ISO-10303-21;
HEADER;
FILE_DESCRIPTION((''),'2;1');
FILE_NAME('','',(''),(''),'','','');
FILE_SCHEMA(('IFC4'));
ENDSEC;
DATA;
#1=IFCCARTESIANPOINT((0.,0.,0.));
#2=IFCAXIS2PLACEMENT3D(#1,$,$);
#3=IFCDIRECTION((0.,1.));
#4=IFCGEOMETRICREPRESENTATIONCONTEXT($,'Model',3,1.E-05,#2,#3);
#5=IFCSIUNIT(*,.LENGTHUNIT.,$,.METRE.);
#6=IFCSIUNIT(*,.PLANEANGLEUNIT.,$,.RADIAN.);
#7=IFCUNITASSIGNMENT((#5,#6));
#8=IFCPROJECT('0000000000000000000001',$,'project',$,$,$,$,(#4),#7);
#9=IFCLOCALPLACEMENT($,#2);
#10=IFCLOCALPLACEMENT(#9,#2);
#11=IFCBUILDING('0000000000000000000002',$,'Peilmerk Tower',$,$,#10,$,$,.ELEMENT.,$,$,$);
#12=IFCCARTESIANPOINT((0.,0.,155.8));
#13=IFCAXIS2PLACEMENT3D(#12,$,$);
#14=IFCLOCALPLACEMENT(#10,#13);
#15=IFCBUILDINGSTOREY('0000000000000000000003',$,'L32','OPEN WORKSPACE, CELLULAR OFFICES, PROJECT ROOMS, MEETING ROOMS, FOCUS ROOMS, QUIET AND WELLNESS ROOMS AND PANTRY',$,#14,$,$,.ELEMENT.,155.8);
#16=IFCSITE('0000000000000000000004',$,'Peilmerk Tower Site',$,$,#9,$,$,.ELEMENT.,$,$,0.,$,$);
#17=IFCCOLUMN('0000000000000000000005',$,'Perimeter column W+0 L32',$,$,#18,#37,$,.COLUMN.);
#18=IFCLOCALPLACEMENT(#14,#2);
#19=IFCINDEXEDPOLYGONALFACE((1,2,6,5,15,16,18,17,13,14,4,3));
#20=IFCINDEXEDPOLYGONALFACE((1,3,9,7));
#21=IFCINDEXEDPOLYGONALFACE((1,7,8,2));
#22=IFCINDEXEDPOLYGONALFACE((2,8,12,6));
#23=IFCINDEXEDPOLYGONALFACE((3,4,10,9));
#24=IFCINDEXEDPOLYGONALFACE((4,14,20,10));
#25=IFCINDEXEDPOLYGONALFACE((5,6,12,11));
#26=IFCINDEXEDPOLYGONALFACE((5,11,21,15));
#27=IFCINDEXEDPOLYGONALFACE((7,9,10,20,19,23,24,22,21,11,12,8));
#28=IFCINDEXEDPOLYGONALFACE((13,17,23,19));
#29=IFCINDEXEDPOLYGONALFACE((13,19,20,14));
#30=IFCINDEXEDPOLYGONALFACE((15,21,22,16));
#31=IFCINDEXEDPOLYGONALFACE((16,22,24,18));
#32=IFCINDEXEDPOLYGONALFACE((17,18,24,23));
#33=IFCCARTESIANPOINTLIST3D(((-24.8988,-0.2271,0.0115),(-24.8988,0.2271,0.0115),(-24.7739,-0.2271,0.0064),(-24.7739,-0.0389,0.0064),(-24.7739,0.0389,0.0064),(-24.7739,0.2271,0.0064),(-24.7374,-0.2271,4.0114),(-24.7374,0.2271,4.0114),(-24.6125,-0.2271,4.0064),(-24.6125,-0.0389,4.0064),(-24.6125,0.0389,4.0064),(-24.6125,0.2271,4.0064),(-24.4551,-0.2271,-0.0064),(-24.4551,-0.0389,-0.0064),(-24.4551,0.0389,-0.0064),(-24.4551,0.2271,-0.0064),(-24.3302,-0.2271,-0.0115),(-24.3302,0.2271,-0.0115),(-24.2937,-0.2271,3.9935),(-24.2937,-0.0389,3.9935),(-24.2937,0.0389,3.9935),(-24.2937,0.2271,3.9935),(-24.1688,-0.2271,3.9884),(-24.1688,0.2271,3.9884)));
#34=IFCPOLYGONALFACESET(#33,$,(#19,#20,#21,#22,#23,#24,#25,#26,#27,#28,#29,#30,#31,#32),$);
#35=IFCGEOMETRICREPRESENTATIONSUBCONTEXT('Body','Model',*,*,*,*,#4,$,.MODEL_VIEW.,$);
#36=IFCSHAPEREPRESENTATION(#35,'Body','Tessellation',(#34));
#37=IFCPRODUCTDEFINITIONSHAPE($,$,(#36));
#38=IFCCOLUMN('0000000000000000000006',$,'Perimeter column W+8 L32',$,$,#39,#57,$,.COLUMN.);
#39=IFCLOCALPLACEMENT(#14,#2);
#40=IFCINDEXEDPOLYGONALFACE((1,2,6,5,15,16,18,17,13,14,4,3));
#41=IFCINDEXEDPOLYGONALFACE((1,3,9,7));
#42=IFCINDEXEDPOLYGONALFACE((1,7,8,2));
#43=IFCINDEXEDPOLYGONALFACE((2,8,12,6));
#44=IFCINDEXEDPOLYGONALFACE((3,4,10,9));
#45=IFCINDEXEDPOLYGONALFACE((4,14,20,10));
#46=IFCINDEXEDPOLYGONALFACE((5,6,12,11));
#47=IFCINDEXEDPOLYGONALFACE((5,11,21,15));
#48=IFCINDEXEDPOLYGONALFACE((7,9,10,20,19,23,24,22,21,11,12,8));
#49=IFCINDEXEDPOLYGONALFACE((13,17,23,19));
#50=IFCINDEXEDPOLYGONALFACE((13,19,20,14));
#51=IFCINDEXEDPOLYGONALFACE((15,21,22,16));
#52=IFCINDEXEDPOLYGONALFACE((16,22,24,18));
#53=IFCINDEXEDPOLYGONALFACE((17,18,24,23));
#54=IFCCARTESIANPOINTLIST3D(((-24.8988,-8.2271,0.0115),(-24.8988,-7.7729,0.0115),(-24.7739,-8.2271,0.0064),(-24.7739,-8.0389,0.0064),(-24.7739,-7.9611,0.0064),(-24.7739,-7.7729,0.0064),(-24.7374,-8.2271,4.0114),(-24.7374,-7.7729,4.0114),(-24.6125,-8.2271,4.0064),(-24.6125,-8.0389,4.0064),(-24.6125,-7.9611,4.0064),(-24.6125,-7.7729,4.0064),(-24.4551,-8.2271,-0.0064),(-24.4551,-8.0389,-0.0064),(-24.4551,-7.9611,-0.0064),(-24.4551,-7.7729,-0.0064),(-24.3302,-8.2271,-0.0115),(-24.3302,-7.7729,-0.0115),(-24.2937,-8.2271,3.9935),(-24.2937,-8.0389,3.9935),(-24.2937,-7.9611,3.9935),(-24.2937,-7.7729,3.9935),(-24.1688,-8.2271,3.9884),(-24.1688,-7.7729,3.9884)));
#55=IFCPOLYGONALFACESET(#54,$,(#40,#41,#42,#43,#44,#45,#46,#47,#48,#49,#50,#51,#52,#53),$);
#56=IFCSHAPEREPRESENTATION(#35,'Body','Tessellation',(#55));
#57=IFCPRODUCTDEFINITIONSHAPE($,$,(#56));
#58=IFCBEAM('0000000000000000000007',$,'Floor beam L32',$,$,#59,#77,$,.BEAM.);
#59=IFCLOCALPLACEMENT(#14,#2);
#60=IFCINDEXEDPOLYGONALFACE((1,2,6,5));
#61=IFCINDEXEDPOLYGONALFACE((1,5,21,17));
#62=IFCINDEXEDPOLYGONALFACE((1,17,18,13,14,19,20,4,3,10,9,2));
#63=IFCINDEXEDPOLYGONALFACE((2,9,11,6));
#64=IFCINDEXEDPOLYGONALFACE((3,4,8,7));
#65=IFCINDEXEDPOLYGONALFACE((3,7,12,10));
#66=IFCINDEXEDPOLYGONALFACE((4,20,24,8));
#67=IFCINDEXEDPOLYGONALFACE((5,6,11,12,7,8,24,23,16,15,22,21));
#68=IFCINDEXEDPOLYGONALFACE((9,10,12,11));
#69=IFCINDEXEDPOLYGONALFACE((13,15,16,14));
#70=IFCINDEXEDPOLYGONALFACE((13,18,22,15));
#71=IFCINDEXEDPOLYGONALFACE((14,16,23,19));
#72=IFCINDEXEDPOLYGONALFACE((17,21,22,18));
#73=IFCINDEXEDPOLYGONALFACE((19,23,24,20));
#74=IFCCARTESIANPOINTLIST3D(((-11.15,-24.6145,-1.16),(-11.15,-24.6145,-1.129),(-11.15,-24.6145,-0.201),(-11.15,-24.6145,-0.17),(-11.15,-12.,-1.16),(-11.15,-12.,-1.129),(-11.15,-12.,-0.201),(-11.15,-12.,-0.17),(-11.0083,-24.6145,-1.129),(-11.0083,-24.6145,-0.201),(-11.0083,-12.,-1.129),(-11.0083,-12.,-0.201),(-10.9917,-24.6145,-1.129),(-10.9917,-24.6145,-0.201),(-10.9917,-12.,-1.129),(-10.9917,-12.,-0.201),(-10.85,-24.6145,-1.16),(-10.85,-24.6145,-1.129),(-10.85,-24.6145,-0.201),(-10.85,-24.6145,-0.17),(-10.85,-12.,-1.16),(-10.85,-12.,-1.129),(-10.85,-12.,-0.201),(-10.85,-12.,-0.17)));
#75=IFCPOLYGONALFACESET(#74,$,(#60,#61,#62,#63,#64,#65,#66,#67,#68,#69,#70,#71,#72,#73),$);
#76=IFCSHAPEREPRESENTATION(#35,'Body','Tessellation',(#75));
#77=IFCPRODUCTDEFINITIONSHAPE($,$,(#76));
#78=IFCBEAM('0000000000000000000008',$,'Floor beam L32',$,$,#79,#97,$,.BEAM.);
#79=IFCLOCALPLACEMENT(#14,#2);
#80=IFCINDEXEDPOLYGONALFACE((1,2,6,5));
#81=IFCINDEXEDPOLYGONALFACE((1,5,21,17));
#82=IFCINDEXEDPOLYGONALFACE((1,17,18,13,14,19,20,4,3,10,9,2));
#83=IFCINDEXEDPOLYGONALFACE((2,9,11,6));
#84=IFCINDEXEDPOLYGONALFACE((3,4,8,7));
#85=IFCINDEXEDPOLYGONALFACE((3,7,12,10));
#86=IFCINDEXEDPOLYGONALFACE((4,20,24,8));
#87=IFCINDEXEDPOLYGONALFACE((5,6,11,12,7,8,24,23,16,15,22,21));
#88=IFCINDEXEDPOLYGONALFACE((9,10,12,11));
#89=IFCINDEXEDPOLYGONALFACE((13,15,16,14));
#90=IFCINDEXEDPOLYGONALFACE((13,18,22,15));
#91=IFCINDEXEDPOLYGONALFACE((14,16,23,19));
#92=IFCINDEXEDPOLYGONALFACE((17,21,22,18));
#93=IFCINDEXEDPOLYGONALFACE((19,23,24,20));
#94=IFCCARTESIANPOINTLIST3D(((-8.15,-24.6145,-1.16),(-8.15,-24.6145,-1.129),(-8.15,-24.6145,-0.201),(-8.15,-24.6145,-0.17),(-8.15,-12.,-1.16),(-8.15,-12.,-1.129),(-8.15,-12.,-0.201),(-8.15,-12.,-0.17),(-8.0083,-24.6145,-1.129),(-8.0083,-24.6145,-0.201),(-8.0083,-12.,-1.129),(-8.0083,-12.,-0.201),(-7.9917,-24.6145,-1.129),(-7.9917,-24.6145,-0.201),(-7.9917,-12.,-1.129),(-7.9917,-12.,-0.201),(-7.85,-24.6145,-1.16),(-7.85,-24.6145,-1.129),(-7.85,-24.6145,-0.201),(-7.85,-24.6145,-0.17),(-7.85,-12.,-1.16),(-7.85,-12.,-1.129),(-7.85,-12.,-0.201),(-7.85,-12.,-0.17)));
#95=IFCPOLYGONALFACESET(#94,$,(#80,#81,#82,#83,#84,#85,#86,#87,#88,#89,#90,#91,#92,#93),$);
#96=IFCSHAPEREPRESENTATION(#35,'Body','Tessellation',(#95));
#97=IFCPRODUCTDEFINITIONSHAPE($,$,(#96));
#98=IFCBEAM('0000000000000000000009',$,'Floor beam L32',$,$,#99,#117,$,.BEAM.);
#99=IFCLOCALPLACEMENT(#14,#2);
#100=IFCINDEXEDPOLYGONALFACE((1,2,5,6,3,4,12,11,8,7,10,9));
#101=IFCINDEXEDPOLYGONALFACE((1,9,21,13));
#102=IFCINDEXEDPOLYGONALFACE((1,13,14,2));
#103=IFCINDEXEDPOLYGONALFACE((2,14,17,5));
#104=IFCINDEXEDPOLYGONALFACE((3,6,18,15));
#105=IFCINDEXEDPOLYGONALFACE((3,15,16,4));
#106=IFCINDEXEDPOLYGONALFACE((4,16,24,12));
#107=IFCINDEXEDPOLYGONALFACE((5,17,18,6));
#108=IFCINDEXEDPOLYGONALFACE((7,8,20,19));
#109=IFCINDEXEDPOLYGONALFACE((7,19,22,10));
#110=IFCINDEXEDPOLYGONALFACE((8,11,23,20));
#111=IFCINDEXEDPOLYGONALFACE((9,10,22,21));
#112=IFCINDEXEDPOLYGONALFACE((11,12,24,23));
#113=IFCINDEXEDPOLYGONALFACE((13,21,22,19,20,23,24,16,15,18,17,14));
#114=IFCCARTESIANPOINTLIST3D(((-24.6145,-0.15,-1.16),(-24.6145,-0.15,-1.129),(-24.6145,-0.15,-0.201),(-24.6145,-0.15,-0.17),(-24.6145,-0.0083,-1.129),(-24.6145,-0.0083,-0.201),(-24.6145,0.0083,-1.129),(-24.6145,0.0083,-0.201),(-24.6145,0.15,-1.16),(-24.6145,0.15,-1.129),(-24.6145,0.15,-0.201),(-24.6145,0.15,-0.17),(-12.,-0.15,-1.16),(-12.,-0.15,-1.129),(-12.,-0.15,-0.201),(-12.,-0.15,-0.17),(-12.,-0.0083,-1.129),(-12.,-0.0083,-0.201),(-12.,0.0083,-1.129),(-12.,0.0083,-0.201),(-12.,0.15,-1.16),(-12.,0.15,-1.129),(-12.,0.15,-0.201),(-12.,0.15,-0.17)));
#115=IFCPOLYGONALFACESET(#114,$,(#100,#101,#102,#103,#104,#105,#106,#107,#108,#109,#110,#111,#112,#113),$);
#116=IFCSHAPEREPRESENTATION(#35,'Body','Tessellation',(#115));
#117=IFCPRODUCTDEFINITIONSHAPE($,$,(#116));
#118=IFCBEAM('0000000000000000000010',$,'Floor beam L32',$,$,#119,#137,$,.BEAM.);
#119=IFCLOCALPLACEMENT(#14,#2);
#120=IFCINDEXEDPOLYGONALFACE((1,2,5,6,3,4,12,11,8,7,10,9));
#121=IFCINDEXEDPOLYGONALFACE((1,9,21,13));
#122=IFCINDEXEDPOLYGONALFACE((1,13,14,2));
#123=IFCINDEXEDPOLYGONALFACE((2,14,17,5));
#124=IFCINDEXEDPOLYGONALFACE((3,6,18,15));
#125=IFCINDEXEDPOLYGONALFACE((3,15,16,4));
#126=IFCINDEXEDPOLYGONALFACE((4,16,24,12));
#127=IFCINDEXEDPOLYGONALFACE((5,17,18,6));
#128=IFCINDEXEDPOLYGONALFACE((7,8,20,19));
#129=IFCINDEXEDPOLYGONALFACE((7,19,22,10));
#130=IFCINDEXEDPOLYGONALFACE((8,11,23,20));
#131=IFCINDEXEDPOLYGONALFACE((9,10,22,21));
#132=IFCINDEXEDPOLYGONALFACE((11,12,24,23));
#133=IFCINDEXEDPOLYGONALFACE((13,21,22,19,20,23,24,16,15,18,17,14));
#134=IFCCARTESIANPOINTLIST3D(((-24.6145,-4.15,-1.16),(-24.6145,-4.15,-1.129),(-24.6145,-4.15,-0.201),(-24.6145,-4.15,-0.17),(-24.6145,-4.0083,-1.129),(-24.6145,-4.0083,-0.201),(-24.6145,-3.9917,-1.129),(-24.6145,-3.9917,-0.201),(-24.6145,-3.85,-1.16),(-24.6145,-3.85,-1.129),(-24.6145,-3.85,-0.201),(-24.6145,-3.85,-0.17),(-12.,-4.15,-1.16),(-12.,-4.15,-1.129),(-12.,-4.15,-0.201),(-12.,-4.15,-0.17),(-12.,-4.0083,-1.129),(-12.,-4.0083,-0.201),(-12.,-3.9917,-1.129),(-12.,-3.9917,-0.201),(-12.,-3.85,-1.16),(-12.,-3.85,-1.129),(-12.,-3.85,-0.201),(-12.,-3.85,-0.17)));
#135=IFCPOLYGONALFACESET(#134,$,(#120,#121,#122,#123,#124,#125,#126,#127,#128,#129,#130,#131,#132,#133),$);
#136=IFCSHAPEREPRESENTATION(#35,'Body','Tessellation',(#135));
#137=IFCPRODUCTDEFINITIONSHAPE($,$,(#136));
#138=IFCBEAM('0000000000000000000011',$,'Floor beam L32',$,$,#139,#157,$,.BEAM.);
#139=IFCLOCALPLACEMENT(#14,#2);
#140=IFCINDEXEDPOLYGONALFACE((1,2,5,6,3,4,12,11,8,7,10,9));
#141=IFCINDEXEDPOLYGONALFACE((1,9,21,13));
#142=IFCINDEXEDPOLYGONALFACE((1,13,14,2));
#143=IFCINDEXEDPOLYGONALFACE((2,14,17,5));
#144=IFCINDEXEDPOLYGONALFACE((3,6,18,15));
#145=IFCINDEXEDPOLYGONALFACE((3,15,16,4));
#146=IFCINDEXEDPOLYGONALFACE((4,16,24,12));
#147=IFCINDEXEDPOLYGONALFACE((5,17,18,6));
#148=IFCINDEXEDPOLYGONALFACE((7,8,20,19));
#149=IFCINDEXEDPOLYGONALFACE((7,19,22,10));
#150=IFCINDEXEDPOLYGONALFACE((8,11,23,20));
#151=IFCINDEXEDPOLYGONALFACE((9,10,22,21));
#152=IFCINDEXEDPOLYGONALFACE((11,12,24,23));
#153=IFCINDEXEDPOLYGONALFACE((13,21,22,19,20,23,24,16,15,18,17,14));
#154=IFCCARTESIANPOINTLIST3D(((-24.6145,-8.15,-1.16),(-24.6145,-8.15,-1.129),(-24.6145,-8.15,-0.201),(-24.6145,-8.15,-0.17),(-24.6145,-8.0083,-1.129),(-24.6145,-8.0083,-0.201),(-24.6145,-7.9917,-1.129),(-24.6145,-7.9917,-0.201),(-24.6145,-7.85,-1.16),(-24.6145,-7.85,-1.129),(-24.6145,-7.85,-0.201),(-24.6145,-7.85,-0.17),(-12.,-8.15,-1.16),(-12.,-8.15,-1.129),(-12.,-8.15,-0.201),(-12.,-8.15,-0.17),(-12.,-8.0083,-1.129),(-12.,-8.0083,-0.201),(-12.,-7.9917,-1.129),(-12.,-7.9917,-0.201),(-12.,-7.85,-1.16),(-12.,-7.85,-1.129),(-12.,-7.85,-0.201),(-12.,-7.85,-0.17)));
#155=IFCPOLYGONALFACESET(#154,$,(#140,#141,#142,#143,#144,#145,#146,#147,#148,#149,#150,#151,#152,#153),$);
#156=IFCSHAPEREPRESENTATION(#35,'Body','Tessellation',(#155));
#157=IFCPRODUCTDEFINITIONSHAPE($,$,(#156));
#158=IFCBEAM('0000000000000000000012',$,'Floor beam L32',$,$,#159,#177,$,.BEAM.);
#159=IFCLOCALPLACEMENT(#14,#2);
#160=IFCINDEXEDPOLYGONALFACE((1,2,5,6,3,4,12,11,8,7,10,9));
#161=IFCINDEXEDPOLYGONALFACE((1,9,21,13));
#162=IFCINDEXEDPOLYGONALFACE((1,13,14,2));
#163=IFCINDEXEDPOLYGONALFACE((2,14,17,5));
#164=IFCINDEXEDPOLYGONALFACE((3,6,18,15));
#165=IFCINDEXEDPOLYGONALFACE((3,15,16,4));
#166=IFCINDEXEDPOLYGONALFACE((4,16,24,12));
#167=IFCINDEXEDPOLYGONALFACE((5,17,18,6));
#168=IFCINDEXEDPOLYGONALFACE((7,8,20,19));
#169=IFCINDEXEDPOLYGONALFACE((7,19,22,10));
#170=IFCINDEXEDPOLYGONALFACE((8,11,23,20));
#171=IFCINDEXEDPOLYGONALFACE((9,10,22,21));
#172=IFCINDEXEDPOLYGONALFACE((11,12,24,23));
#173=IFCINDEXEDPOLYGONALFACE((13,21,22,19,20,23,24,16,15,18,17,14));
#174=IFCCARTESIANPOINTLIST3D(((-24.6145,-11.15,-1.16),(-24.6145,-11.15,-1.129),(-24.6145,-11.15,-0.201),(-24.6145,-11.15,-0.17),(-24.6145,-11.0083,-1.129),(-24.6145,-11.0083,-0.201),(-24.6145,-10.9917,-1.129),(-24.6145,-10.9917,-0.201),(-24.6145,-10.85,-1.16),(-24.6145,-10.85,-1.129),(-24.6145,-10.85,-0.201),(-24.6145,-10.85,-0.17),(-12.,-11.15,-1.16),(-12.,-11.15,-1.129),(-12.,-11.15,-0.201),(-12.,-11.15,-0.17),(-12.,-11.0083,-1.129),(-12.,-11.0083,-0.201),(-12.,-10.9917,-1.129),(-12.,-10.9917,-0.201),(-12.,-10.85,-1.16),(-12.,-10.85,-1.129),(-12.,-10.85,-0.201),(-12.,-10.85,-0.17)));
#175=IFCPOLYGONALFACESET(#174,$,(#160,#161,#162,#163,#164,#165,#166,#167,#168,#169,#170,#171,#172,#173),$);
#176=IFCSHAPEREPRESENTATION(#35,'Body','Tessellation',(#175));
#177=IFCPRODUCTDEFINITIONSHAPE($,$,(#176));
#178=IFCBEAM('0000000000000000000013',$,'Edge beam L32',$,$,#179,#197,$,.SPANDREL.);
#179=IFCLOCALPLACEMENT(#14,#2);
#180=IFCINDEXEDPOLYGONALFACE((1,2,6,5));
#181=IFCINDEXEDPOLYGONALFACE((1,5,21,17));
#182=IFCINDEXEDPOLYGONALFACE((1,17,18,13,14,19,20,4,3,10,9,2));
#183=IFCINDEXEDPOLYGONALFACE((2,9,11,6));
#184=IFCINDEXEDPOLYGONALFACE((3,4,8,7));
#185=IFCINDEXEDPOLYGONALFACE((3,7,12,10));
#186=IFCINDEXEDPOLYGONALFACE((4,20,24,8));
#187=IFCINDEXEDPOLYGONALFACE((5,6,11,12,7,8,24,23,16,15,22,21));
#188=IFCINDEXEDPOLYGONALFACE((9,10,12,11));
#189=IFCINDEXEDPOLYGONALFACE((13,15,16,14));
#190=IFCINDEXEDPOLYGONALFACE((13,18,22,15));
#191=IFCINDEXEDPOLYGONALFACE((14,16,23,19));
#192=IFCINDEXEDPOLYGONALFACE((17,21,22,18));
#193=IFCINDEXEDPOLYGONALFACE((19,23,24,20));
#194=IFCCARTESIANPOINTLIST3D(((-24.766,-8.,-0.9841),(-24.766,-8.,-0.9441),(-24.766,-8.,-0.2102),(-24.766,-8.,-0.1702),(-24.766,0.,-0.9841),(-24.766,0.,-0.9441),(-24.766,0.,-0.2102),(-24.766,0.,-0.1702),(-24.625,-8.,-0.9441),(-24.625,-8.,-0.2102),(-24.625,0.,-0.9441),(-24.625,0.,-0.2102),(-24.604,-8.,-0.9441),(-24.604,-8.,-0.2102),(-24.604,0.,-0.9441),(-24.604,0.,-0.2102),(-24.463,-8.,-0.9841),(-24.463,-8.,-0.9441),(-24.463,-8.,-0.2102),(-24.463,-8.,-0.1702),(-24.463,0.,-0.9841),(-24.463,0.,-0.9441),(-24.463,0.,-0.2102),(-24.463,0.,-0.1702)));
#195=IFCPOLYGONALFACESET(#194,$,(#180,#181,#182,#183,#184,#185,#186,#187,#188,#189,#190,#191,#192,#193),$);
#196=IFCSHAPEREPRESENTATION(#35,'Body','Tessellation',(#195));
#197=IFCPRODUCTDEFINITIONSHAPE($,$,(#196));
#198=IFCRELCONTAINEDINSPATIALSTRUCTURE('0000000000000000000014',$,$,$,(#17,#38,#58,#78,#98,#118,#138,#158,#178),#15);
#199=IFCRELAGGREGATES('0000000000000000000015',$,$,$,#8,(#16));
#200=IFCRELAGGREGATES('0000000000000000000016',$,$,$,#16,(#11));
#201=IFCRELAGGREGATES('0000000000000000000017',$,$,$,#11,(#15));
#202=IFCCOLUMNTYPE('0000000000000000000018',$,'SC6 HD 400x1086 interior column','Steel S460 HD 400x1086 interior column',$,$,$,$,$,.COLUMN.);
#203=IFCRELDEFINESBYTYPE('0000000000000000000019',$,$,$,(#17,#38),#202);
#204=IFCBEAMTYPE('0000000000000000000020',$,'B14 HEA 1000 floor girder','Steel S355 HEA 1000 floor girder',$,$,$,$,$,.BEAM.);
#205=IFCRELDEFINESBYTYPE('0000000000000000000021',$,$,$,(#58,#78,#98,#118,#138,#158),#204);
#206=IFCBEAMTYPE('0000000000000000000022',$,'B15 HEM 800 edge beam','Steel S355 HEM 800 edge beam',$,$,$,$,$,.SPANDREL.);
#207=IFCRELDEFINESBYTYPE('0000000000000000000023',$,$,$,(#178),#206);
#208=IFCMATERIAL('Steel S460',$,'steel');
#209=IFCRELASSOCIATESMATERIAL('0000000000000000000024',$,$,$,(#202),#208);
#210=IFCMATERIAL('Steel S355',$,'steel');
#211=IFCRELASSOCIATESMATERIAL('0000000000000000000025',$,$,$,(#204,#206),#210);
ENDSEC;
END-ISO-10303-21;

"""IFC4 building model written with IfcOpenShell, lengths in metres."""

from ifc_helpers import new_model, si_unit, direction, frame, origin, origin_2d, place, context, subcontext, project, spatial, i_section, extrude, material, material_profile, profile_set, type_object, element, save


model = new_model("IFC4")

# Units and contexts
model_context = context("Model", 3, precision=1e-05, world=origin(), true_north=direction((0.0, 1.0)))
body_context = subcontext(model_context, "Body", "Model", "MODEL_VIEW")
ifc_project = project(units=[si_unit("LENGTHUNIT", "METRE"), si_unit("PLANEANGLEUNIT", "RADIAN")], contexts=[model_context])

# Site, building, storey
site_placement = place(None, origin())
site = spatial("IfcSite", under=ifc_project, at=site_placement, Name="Peilmerk Tower Site", CompositionType="ELEMENT", RefElevation=0.0)
building_placement = place(site_placement, origin())
building = spatial("IfcBuilding", under=site, at=building_placement, Name="Peilmerk Tower", CompositionType="ELEMENT")
storey_placement = place(building_placement, frame((0.0, 0.0, 155.8)))
storey = spatial("IfcBuildingStorey", under=building, at=storey_placement, Name="L32", Description="OPEN WORKSPACE, CELLULAR OFFICES, PROJECT ROOMS, MEETING ROOMS, FOCUS ROOMS, QUIET AND WELLNESS ROOMS AND PANTRY", CompositionType="ELEMENT", Elevation=155.8)

# Columns
ifc_material_1 = material(Name="Steel S460", Category="steel")
ifc_material_profile_1 = material_profile(ifc_material_1, i_section(OverallWidth=0.4541, OverallDepth=0.5691, WebThickness=0.0779, FlangeThickness=0.125, at=origin_2d()), Name="HD 400x1086")
ifc_profile_set_1 = profile_set([ifc_material_profile_1], Name="Steel S460")
column_type = type_object("IfcColumnType", Name="SC6 HD 400x1086 interior column", Description="Steel S460 HD 400x1086 interior column", PredefinedType="COLUMN", material=ifc_profile_set_1)
for number, where, z_axis, x_axis, name in (
    (1, (-24.6145, 0.0, 0.0), (0.040311, 0.0, 0.999187), (0.0, 1.0, 0.0), "Perimeter column W+0 L32"),
    (2, (-24.6145, -8.0, 0.0), (0.040311, 0.0, 0.999187), (0.0, 1.0, 0.0), "Perimeter column W+8 L32"),
):
    element("IfcColumn", number, at=place(storey_placement, frame(where, z_axis=z_axis, x_axis=x_axis)), inside=storey, type_object=column_type, Name=name, PredefinedType="COLUMN", context=body_context, shape_type="SweptSolid", body=[
        extrude(i_section(OverallWidth=0.4541, OverallDepth=0.5691, WebThickness=0.0779, FlangeThickness=0.125, at=origin_2d()), origin(), (0.0, 0.0, 1.0), 4.0032),
    ])

# Beams
ifc_material_2 = material(Name="Steel S355", Category="steel")
ifc_material_profile_2 = material_profile(ifc_material_2, i_section(OverallWidth=0.3, OverallDepth=0.99, WebThickness=0.0166, FlangeThickness=0.031, at=origin_2d()), Name="HEA 1000")
ifc_profile_set_2 = profile_set([ifc_material_profile_2], Name="Steel S355")
beam_type_1 = type_object("IfcBeamType", Name="B14 HEA 1000 floor girder", Description="Steel S355 HEA 1000 floor girder", PredefinedType="BEAM", material=ifc_profile_set_2)
for number, where, z_axis, x_axis, name in (
    (3, (-11.0, -12.0, -0.665), (0.0, -1.0, 0.0), (1.0, 0.0, 0.0), "Floor beam L32"),
    (4, (-8.0, -12.0, -0.665), (0.0, -1.0, 0.0), (1.0, 0.0, 0.0), "Floor beam L32"),
    (5, (-12.0, 0.0, -0.665), (-1.0, 0.0, 0.0), (0.0, -1.0, 0.0), "Floor beam L32"),
    (6, (-12.0, -4.0, -0.665), (-1.0, 0.0, 0.0), (0.0, -1.0, 0.0), "Floor beam L32"),
    (7, (-12.0, -8.0, -0.665), (-1.0, 0.0, 0.0), (0.0, -1.0, 0.0), "Floor beam L32"),
    (8, (-12.0, -11.0, -0.665), (-1.0, 0.0, 0.0), (0.0, -1.0, 0.0), "Floor beam L32"),
):
    element("IfcBeam", number, at=place(storey_placement, frame(where, z_axis=z_axis, x_axis=x_axis)), inside=storey, type_object=beam_type_1, Name=name, PredefinedType="BEAM", context=body_context, shape_type="SweptSolid", body=[
        extrude(i_section(OverallWidth=0.3, OverallDepth=0.99, WebThickness=0.0166, FlangeThickness=0.031, at=origin_2d()), origin(), (0.0, 0.0, 1.0), 12.6145),
    ])
ifc_material_profile_3 = material_profile(ifc_material_2, i_section(OverallWidth=0.303, OverallDepth=0.814, WebThickness=0.021, FlangeThickness=0.04, at=origin_2d()), Name="HEM 800")
ifc_profile_set_3 = profile_set([ifc_material_profile_3], Name="Steel S355")
beam_type_2 = type_object("IfcBeamType", Name="B15 HEM 800 edge beam", Description="Steel S355 HEM 800 edge beam", PredefinedType="SPANDREL", material=ifc_profile_set_3)
for number, where, z_axis, x_axis, name in (
    (9, (-24.6145, 0.0, -0.5771), (0.0, -1.0, 0.0), (1.0, 0.0, 0.0), "Edge beam L32"),
):
    element("IfcBeam", number, at=place(storey_placement, frame(where, z_axis=z_axis, x_axis=x_axis)), inside=storey, type_object=beam_type_2, Name=name, PredefinedType="SPANDREL", context=body_context, shape_type="SweptSolid", body=[
        extrude(i_section(OverallWidth=0.303, OverallDepth=0.814, WebThickness=0.021, FlangeThickness=0.04, at=origin_2d()), origin(), (0.0, 0.0, 1.0), 8.0),
    ])

save(model, "model.ifc")
